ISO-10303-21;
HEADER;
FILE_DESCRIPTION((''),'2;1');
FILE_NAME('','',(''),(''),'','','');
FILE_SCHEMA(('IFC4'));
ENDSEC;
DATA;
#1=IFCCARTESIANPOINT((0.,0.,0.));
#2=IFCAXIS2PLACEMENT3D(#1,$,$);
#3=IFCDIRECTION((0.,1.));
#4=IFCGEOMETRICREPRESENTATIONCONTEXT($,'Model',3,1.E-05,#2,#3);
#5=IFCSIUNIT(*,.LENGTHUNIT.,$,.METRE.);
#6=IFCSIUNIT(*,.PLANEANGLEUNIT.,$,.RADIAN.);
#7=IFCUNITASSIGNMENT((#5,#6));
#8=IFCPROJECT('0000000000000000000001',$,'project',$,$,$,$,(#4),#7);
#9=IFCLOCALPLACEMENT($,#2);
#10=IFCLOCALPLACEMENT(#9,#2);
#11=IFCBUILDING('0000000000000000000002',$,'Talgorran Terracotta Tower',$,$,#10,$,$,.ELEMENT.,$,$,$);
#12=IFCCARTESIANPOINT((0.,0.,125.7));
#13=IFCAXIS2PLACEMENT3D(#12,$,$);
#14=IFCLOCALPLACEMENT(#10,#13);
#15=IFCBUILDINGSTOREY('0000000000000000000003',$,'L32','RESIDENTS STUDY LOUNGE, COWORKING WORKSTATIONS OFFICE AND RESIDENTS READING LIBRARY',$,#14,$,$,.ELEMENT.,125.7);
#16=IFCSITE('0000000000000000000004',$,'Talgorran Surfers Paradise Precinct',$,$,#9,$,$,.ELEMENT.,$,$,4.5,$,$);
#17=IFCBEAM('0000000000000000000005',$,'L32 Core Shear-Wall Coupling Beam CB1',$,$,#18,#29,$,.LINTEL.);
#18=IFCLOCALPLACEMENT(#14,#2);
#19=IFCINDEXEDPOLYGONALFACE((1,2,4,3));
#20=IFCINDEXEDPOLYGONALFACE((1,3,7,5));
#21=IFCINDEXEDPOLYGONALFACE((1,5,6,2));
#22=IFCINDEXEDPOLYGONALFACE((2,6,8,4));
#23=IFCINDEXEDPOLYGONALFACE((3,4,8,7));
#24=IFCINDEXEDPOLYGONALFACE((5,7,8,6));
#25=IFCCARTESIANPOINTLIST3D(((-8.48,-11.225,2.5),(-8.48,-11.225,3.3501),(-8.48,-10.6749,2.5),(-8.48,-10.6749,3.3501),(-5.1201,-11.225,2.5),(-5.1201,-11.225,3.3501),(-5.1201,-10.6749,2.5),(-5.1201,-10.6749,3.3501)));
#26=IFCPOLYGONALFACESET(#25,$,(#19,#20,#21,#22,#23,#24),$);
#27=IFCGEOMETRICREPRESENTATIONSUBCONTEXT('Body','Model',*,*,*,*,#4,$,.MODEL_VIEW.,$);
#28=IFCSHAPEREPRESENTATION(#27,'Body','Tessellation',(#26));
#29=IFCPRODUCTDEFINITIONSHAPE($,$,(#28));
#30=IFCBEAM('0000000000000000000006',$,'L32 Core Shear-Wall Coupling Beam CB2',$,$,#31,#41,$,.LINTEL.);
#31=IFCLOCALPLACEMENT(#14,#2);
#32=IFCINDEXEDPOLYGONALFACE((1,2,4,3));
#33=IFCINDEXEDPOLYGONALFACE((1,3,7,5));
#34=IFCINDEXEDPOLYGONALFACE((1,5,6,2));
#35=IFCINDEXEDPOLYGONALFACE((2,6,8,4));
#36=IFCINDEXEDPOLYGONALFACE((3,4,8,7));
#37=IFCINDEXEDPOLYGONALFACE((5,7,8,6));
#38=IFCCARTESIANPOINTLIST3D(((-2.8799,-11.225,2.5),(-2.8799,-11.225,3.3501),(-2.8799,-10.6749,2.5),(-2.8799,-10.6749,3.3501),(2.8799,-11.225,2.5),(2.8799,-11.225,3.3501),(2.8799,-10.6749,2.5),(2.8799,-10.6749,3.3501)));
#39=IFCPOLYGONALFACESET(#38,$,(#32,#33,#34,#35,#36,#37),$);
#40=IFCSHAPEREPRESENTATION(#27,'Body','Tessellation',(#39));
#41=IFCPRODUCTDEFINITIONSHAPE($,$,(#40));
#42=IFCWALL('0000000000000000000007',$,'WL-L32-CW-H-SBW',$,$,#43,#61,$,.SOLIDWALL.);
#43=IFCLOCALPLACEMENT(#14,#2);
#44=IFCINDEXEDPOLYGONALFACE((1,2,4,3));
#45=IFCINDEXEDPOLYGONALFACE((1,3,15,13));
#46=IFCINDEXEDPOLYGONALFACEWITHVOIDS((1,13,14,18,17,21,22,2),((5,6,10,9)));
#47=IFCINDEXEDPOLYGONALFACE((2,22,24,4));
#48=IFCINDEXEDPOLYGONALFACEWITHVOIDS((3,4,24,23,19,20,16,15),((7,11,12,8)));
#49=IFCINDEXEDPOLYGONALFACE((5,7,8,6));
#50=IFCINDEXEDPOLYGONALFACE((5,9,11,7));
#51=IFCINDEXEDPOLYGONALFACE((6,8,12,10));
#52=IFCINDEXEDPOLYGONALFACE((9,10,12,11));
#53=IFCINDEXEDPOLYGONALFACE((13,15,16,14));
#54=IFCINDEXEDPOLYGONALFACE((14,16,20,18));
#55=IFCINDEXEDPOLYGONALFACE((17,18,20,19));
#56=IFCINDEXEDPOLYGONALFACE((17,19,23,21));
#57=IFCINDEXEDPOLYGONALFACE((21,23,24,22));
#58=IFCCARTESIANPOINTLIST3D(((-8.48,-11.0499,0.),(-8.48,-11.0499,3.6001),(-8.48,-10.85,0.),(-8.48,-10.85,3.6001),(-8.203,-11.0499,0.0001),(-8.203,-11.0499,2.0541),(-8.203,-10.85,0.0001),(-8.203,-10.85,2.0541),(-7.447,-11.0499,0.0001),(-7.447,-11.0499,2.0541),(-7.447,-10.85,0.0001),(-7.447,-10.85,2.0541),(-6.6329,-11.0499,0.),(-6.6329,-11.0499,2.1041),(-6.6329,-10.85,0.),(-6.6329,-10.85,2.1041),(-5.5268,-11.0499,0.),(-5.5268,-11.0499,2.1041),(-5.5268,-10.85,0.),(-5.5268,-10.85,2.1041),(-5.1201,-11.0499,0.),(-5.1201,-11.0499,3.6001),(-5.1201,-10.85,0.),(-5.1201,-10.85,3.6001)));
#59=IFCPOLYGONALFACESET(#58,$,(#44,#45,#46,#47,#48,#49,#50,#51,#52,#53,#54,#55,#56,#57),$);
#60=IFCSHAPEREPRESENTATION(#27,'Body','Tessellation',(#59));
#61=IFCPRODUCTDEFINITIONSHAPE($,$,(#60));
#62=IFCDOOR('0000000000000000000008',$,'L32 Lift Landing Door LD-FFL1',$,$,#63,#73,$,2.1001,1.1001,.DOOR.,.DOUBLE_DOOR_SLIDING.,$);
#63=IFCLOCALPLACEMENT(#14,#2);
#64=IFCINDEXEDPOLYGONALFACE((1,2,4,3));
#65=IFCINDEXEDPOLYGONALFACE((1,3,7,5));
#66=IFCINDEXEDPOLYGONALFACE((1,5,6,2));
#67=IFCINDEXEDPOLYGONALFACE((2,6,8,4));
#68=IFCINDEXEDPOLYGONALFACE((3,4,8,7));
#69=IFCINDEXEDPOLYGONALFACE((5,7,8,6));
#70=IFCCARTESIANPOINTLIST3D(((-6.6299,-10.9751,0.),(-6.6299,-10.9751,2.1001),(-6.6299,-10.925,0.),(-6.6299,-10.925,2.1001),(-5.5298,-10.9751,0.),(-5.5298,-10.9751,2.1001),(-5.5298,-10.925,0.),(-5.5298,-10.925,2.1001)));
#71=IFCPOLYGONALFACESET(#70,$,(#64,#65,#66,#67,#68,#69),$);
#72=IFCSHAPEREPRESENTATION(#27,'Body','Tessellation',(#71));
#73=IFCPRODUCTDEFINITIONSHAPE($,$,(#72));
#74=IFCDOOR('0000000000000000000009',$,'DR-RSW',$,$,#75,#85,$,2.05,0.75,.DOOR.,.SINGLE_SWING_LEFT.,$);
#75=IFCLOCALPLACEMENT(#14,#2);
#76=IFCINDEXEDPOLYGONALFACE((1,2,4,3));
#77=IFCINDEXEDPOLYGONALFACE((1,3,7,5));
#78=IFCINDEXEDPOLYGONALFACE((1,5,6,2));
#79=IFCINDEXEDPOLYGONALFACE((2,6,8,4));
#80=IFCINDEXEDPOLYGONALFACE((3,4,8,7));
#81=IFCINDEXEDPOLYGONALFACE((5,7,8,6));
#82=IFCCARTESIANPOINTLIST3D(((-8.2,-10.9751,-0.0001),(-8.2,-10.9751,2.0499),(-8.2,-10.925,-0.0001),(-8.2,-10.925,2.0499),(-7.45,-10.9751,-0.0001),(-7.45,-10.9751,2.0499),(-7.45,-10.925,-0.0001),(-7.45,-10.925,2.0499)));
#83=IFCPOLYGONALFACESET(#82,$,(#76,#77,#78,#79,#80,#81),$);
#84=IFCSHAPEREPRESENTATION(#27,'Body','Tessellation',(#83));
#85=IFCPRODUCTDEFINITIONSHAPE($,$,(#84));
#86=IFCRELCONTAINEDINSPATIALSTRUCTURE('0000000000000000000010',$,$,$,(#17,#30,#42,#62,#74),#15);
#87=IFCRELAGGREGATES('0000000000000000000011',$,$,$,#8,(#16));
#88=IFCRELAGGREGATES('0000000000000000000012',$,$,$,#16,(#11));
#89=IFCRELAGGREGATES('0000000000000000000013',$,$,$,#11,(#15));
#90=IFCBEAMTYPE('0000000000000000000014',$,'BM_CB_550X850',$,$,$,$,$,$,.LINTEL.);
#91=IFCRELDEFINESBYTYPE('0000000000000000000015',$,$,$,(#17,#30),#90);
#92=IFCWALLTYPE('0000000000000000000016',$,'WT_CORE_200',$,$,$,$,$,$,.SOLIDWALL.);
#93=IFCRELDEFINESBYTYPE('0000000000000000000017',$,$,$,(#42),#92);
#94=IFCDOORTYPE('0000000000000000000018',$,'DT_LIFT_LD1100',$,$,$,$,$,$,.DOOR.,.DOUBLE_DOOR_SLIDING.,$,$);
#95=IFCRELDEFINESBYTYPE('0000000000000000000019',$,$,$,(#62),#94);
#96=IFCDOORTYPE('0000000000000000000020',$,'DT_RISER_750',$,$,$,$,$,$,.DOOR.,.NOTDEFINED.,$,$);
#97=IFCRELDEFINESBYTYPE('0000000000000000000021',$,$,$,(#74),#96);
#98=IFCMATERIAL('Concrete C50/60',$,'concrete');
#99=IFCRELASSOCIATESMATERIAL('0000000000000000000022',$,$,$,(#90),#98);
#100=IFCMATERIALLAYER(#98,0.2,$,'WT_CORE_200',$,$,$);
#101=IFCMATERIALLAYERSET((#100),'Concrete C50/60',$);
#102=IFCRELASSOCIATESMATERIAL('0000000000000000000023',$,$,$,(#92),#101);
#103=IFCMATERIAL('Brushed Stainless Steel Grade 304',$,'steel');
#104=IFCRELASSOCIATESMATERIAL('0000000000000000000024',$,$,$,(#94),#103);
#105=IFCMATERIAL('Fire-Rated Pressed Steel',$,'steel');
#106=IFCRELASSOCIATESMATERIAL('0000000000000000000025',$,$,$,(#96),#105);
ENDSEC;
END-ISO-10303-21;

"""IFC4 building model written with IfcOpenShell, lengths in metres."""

from ifc_helpers import new_model, si_unit, direction, frame, frame_2d, origin, origin_2d, place, context, subcontext, project, spatial, rectangle, extrude, material, layer, layer_set, material_profile, profile_set, type_object, element, fill, save


model = new_model("IFC4")

# Units and contexts
model_context = context("Model", 3, precision=1e-05, world=origin(), true_north=direction((0.0, 1.0)))
body_context = subcontext(model_context, "Body", "Model", "MODEL_VIEW")
ifc_project = project(units=[si_unit("LENGTHUNIT", "METRE"), si_unit("PLANEANGLEUNIT", "RADIAN")], contexts=[model_context])

# Site, building, storey
site_placement = place(None, origin())
site = spatial("IfcSite", under=ifc_project, at=site_placement, Name="Talgorran Surfers Paradise Precinct", CompositionType="ELEMENT", RefElevation=4.5)
building_placement = place(site_placement, origin())
building = spatial("IfcBuilding", under=site, at=building_placement, Name="Talgorran Terracotta Tower", CompositionType="ELEMENT")
storey_placement = place(building_placement, frame((0.0, 0.0, 125.7)))
storey = spatial("IfcBuildingStorey", under=building, at=storey_placement, Name="L32", Description="RESIDENTS STUDY LOUNGE, COWORKING WORKSTATIONS OFFICE AND RESIDENTS READING LIBRARY", CompositionType="ELEMENT", Elevation=125.7)

# Beams
ifc_material_1 = material(Name="Concrete C50/60", Category="concrete")
ifc_material_profile = material_profile(ifc_material_1, rectangle(XDim=0.55, YDim=0.8501, at=origin_2d()), Name="RCCB550X850")
ifc_profile_set = profile_set([ifc_material_profile], Name="Concrete C50/60")
beam_type = type_object("IfcBeamType", Name="BM_CB_550X850", PredefinedType="LINTEL", material=ifc_profile_set)
beam_1_placement = place(storey_placement, frame((-8.48, -10.95, 2.925), z_axis=(1.0, 0.0, 0.0), x_axis=(0.0, 1.0, 0.0)))
element("IfcBeam", 1, at=beam_1_placement, inside=storey, type_object=beam_type, Name="L32 Core Shear-Wall Coupling Beam CB1", PredefinedType="LINTEL", context=body_context, shape_type="SweptSolid", body=[
    extrude(rectangle(XDim=0.55, YDim=0.8501, at=origin_2d()), origin(), (0.0, 0.0, 1.0), 3.3599),
])
beam_2_placement = place(storey_placement, frame((-2.8799, -10.95, 2.925), z_axis=(1.0, 0.0, 0.0), x_axis=(0.0, 1.0, 0.0)))
element("IfcBeam", 2, at=beam_2_placement, inside=storey, type_object=beam_type, Name="L32 Core Shear-Wall Coupling Beam CB2", PredefinedType="LINTEL", context=body_context, shape_type="SweptSolid", body=[
    extrude(rectangle(XDim=0.55, YDim=0.8501, at=origin_2d()), origin(), (0.0, 0.0, 1.0), 5.7598),
])

# Wall, openings, doors
ifc_layer_1 = layer(ifc_material_1, 0.2, Name="WT_CORE_200")
ifc_layer_set_1 = layer_set([ifc_layer_1], Name="Concrete C50/60")
wall_type_1 = type_object("IfcWallType", Name="WT_CORE_200", PredefinedType="SOLIDWALL", material=ifc_layer_set_1)
wall_1_placement = place(storey_placement, frame((-8.48, -10.95, 0.0), z_axis=(0.0, 0.0, 1.0), x_axis=(1.0, 0.0, 0.0)))
wall_1 = element("IfcWall", 3, at=wall_1_placement, inside=storey, type_object=wall_type_1, Name="WL-L32-CW-H-SBW", PredefinedType="SOLIDWALL", context=body_context, shape_type="SweptSolid", body=[
    extrude(rectangle(XDim=3.3599, YDim=0.2, at=frame_2d((1.6799, 0.0))), origin(), (0.0, 0.0, 1.0), 3.6001),
])
opening_1_placement = place(wall_1_placement, frame((0.28, 0.0, 0.0)))
opening_1 = element("IfcOpeningElement", 4, at=opening_1_placement, cuts=wall_1, PredefinedType="OPENING", context=body_context, shape_type="SweptSolid", body=[
    extrude(rectangle(XDim=0.756, YDim=2.054, at=frame_2d((0.375, 1.0271))), frame((0.0, 0.1099, 0.0), z_axis=(0.0, -1.0, 0.0), x_axis=(1.0, 0.0, 0.0)), (0.0, 0.0, 1.0), 0.22),
])
opening_2_placement = place(wall_1_placement, frame((1.8501, 0.0, 0.0)))
opening_2 = element("IfcOpeningElement", 5, at=opening_2_placement, cuts=wall_1, PredefinedType="OPENING", context=body_context, shape_type="SweptSolid", body=[
    extrude(rectangle(XDim=1.1061, YDim=2.1041, at=frame_2d((0.55, 1.052))), frame((0.0, 0.1099, 0.0), z_axis=(0.0, -1.0, 0.0), x_axis=(1.0, 0.0, 0.0)), (0.0, 0.0, 1.0), 0.22),
])
ifc_material_2 = material(Name="Brushed Stainless Steel Grade 304", Category="steel")
door_type_1 = type_object("IfcDoorType", Name="DT_LIFT_LD1100", OperationType="DOUBLE_DOOR_SLIDING", PredefinedType="DOOR", material=ifc_material_2)
door_1_placement = place(opening_2_placement, origin())
door_1 = element("IfcDoor", 6, at=door_1_placement, inside=storey, type_object=door_type_1, Name="L32 Lift Landing Door LD-FFL1", OperationType="DOUBLE_DOOR_SLIDING", OverallHeight=2.1001, OverallWidth=1.1001, PredefinedType="DOOR", context=body_context, shape_type="SweptSolid", body=[
    extrude(rectangle(XDim=1.1001, YDim=2.1001, at=frame_2d((0.55, 1.05))), frame((0.0, 0.0249, 0.0), z_axis=(0.0, -1.0, 0.0), x_axis=(1.0, 0.0, 0.0)), (0.0, 0.0, 1.0), 0.05),
])
fill(opening_2, door_1)
ifc_material_3 = material(Name="Fire-Rated Pressed Steel", Category="steel")
door_type_2 = type_object("IfcDoorType", Name="DT_RISER_750", OperationType="NOTDEFINED", PredefinedType="DOOR", material=ifc_material_3)
door_2_placement = place(opening_1_placement, origin())
door_2 = element("IfcDoor", 7, at=door_2_placement, inside=storey, type_object=door_type_2, Name="DR-RSW", OperationType="SINGLE_SWING_LEFT", OverallHeight=2.05, OverallWidth=0.75, PredefinedType="DOOR", context=body_context, shape_type="SweptSolid", body=[
    extrude(rectangle(XDim=0.75, YDim=2.05, at=frame_2d((0.375, 1.0249))), frame((0.0, 0.0249, 0.0), z_axis=(0.0, -1.0, 0.0), x_axis=(1.0, 0.0, 0.0)), (0.0, 0.0, 1.0), 0.05),
])
fill(opening_1, door_2)

save(model, "model.ifc")
